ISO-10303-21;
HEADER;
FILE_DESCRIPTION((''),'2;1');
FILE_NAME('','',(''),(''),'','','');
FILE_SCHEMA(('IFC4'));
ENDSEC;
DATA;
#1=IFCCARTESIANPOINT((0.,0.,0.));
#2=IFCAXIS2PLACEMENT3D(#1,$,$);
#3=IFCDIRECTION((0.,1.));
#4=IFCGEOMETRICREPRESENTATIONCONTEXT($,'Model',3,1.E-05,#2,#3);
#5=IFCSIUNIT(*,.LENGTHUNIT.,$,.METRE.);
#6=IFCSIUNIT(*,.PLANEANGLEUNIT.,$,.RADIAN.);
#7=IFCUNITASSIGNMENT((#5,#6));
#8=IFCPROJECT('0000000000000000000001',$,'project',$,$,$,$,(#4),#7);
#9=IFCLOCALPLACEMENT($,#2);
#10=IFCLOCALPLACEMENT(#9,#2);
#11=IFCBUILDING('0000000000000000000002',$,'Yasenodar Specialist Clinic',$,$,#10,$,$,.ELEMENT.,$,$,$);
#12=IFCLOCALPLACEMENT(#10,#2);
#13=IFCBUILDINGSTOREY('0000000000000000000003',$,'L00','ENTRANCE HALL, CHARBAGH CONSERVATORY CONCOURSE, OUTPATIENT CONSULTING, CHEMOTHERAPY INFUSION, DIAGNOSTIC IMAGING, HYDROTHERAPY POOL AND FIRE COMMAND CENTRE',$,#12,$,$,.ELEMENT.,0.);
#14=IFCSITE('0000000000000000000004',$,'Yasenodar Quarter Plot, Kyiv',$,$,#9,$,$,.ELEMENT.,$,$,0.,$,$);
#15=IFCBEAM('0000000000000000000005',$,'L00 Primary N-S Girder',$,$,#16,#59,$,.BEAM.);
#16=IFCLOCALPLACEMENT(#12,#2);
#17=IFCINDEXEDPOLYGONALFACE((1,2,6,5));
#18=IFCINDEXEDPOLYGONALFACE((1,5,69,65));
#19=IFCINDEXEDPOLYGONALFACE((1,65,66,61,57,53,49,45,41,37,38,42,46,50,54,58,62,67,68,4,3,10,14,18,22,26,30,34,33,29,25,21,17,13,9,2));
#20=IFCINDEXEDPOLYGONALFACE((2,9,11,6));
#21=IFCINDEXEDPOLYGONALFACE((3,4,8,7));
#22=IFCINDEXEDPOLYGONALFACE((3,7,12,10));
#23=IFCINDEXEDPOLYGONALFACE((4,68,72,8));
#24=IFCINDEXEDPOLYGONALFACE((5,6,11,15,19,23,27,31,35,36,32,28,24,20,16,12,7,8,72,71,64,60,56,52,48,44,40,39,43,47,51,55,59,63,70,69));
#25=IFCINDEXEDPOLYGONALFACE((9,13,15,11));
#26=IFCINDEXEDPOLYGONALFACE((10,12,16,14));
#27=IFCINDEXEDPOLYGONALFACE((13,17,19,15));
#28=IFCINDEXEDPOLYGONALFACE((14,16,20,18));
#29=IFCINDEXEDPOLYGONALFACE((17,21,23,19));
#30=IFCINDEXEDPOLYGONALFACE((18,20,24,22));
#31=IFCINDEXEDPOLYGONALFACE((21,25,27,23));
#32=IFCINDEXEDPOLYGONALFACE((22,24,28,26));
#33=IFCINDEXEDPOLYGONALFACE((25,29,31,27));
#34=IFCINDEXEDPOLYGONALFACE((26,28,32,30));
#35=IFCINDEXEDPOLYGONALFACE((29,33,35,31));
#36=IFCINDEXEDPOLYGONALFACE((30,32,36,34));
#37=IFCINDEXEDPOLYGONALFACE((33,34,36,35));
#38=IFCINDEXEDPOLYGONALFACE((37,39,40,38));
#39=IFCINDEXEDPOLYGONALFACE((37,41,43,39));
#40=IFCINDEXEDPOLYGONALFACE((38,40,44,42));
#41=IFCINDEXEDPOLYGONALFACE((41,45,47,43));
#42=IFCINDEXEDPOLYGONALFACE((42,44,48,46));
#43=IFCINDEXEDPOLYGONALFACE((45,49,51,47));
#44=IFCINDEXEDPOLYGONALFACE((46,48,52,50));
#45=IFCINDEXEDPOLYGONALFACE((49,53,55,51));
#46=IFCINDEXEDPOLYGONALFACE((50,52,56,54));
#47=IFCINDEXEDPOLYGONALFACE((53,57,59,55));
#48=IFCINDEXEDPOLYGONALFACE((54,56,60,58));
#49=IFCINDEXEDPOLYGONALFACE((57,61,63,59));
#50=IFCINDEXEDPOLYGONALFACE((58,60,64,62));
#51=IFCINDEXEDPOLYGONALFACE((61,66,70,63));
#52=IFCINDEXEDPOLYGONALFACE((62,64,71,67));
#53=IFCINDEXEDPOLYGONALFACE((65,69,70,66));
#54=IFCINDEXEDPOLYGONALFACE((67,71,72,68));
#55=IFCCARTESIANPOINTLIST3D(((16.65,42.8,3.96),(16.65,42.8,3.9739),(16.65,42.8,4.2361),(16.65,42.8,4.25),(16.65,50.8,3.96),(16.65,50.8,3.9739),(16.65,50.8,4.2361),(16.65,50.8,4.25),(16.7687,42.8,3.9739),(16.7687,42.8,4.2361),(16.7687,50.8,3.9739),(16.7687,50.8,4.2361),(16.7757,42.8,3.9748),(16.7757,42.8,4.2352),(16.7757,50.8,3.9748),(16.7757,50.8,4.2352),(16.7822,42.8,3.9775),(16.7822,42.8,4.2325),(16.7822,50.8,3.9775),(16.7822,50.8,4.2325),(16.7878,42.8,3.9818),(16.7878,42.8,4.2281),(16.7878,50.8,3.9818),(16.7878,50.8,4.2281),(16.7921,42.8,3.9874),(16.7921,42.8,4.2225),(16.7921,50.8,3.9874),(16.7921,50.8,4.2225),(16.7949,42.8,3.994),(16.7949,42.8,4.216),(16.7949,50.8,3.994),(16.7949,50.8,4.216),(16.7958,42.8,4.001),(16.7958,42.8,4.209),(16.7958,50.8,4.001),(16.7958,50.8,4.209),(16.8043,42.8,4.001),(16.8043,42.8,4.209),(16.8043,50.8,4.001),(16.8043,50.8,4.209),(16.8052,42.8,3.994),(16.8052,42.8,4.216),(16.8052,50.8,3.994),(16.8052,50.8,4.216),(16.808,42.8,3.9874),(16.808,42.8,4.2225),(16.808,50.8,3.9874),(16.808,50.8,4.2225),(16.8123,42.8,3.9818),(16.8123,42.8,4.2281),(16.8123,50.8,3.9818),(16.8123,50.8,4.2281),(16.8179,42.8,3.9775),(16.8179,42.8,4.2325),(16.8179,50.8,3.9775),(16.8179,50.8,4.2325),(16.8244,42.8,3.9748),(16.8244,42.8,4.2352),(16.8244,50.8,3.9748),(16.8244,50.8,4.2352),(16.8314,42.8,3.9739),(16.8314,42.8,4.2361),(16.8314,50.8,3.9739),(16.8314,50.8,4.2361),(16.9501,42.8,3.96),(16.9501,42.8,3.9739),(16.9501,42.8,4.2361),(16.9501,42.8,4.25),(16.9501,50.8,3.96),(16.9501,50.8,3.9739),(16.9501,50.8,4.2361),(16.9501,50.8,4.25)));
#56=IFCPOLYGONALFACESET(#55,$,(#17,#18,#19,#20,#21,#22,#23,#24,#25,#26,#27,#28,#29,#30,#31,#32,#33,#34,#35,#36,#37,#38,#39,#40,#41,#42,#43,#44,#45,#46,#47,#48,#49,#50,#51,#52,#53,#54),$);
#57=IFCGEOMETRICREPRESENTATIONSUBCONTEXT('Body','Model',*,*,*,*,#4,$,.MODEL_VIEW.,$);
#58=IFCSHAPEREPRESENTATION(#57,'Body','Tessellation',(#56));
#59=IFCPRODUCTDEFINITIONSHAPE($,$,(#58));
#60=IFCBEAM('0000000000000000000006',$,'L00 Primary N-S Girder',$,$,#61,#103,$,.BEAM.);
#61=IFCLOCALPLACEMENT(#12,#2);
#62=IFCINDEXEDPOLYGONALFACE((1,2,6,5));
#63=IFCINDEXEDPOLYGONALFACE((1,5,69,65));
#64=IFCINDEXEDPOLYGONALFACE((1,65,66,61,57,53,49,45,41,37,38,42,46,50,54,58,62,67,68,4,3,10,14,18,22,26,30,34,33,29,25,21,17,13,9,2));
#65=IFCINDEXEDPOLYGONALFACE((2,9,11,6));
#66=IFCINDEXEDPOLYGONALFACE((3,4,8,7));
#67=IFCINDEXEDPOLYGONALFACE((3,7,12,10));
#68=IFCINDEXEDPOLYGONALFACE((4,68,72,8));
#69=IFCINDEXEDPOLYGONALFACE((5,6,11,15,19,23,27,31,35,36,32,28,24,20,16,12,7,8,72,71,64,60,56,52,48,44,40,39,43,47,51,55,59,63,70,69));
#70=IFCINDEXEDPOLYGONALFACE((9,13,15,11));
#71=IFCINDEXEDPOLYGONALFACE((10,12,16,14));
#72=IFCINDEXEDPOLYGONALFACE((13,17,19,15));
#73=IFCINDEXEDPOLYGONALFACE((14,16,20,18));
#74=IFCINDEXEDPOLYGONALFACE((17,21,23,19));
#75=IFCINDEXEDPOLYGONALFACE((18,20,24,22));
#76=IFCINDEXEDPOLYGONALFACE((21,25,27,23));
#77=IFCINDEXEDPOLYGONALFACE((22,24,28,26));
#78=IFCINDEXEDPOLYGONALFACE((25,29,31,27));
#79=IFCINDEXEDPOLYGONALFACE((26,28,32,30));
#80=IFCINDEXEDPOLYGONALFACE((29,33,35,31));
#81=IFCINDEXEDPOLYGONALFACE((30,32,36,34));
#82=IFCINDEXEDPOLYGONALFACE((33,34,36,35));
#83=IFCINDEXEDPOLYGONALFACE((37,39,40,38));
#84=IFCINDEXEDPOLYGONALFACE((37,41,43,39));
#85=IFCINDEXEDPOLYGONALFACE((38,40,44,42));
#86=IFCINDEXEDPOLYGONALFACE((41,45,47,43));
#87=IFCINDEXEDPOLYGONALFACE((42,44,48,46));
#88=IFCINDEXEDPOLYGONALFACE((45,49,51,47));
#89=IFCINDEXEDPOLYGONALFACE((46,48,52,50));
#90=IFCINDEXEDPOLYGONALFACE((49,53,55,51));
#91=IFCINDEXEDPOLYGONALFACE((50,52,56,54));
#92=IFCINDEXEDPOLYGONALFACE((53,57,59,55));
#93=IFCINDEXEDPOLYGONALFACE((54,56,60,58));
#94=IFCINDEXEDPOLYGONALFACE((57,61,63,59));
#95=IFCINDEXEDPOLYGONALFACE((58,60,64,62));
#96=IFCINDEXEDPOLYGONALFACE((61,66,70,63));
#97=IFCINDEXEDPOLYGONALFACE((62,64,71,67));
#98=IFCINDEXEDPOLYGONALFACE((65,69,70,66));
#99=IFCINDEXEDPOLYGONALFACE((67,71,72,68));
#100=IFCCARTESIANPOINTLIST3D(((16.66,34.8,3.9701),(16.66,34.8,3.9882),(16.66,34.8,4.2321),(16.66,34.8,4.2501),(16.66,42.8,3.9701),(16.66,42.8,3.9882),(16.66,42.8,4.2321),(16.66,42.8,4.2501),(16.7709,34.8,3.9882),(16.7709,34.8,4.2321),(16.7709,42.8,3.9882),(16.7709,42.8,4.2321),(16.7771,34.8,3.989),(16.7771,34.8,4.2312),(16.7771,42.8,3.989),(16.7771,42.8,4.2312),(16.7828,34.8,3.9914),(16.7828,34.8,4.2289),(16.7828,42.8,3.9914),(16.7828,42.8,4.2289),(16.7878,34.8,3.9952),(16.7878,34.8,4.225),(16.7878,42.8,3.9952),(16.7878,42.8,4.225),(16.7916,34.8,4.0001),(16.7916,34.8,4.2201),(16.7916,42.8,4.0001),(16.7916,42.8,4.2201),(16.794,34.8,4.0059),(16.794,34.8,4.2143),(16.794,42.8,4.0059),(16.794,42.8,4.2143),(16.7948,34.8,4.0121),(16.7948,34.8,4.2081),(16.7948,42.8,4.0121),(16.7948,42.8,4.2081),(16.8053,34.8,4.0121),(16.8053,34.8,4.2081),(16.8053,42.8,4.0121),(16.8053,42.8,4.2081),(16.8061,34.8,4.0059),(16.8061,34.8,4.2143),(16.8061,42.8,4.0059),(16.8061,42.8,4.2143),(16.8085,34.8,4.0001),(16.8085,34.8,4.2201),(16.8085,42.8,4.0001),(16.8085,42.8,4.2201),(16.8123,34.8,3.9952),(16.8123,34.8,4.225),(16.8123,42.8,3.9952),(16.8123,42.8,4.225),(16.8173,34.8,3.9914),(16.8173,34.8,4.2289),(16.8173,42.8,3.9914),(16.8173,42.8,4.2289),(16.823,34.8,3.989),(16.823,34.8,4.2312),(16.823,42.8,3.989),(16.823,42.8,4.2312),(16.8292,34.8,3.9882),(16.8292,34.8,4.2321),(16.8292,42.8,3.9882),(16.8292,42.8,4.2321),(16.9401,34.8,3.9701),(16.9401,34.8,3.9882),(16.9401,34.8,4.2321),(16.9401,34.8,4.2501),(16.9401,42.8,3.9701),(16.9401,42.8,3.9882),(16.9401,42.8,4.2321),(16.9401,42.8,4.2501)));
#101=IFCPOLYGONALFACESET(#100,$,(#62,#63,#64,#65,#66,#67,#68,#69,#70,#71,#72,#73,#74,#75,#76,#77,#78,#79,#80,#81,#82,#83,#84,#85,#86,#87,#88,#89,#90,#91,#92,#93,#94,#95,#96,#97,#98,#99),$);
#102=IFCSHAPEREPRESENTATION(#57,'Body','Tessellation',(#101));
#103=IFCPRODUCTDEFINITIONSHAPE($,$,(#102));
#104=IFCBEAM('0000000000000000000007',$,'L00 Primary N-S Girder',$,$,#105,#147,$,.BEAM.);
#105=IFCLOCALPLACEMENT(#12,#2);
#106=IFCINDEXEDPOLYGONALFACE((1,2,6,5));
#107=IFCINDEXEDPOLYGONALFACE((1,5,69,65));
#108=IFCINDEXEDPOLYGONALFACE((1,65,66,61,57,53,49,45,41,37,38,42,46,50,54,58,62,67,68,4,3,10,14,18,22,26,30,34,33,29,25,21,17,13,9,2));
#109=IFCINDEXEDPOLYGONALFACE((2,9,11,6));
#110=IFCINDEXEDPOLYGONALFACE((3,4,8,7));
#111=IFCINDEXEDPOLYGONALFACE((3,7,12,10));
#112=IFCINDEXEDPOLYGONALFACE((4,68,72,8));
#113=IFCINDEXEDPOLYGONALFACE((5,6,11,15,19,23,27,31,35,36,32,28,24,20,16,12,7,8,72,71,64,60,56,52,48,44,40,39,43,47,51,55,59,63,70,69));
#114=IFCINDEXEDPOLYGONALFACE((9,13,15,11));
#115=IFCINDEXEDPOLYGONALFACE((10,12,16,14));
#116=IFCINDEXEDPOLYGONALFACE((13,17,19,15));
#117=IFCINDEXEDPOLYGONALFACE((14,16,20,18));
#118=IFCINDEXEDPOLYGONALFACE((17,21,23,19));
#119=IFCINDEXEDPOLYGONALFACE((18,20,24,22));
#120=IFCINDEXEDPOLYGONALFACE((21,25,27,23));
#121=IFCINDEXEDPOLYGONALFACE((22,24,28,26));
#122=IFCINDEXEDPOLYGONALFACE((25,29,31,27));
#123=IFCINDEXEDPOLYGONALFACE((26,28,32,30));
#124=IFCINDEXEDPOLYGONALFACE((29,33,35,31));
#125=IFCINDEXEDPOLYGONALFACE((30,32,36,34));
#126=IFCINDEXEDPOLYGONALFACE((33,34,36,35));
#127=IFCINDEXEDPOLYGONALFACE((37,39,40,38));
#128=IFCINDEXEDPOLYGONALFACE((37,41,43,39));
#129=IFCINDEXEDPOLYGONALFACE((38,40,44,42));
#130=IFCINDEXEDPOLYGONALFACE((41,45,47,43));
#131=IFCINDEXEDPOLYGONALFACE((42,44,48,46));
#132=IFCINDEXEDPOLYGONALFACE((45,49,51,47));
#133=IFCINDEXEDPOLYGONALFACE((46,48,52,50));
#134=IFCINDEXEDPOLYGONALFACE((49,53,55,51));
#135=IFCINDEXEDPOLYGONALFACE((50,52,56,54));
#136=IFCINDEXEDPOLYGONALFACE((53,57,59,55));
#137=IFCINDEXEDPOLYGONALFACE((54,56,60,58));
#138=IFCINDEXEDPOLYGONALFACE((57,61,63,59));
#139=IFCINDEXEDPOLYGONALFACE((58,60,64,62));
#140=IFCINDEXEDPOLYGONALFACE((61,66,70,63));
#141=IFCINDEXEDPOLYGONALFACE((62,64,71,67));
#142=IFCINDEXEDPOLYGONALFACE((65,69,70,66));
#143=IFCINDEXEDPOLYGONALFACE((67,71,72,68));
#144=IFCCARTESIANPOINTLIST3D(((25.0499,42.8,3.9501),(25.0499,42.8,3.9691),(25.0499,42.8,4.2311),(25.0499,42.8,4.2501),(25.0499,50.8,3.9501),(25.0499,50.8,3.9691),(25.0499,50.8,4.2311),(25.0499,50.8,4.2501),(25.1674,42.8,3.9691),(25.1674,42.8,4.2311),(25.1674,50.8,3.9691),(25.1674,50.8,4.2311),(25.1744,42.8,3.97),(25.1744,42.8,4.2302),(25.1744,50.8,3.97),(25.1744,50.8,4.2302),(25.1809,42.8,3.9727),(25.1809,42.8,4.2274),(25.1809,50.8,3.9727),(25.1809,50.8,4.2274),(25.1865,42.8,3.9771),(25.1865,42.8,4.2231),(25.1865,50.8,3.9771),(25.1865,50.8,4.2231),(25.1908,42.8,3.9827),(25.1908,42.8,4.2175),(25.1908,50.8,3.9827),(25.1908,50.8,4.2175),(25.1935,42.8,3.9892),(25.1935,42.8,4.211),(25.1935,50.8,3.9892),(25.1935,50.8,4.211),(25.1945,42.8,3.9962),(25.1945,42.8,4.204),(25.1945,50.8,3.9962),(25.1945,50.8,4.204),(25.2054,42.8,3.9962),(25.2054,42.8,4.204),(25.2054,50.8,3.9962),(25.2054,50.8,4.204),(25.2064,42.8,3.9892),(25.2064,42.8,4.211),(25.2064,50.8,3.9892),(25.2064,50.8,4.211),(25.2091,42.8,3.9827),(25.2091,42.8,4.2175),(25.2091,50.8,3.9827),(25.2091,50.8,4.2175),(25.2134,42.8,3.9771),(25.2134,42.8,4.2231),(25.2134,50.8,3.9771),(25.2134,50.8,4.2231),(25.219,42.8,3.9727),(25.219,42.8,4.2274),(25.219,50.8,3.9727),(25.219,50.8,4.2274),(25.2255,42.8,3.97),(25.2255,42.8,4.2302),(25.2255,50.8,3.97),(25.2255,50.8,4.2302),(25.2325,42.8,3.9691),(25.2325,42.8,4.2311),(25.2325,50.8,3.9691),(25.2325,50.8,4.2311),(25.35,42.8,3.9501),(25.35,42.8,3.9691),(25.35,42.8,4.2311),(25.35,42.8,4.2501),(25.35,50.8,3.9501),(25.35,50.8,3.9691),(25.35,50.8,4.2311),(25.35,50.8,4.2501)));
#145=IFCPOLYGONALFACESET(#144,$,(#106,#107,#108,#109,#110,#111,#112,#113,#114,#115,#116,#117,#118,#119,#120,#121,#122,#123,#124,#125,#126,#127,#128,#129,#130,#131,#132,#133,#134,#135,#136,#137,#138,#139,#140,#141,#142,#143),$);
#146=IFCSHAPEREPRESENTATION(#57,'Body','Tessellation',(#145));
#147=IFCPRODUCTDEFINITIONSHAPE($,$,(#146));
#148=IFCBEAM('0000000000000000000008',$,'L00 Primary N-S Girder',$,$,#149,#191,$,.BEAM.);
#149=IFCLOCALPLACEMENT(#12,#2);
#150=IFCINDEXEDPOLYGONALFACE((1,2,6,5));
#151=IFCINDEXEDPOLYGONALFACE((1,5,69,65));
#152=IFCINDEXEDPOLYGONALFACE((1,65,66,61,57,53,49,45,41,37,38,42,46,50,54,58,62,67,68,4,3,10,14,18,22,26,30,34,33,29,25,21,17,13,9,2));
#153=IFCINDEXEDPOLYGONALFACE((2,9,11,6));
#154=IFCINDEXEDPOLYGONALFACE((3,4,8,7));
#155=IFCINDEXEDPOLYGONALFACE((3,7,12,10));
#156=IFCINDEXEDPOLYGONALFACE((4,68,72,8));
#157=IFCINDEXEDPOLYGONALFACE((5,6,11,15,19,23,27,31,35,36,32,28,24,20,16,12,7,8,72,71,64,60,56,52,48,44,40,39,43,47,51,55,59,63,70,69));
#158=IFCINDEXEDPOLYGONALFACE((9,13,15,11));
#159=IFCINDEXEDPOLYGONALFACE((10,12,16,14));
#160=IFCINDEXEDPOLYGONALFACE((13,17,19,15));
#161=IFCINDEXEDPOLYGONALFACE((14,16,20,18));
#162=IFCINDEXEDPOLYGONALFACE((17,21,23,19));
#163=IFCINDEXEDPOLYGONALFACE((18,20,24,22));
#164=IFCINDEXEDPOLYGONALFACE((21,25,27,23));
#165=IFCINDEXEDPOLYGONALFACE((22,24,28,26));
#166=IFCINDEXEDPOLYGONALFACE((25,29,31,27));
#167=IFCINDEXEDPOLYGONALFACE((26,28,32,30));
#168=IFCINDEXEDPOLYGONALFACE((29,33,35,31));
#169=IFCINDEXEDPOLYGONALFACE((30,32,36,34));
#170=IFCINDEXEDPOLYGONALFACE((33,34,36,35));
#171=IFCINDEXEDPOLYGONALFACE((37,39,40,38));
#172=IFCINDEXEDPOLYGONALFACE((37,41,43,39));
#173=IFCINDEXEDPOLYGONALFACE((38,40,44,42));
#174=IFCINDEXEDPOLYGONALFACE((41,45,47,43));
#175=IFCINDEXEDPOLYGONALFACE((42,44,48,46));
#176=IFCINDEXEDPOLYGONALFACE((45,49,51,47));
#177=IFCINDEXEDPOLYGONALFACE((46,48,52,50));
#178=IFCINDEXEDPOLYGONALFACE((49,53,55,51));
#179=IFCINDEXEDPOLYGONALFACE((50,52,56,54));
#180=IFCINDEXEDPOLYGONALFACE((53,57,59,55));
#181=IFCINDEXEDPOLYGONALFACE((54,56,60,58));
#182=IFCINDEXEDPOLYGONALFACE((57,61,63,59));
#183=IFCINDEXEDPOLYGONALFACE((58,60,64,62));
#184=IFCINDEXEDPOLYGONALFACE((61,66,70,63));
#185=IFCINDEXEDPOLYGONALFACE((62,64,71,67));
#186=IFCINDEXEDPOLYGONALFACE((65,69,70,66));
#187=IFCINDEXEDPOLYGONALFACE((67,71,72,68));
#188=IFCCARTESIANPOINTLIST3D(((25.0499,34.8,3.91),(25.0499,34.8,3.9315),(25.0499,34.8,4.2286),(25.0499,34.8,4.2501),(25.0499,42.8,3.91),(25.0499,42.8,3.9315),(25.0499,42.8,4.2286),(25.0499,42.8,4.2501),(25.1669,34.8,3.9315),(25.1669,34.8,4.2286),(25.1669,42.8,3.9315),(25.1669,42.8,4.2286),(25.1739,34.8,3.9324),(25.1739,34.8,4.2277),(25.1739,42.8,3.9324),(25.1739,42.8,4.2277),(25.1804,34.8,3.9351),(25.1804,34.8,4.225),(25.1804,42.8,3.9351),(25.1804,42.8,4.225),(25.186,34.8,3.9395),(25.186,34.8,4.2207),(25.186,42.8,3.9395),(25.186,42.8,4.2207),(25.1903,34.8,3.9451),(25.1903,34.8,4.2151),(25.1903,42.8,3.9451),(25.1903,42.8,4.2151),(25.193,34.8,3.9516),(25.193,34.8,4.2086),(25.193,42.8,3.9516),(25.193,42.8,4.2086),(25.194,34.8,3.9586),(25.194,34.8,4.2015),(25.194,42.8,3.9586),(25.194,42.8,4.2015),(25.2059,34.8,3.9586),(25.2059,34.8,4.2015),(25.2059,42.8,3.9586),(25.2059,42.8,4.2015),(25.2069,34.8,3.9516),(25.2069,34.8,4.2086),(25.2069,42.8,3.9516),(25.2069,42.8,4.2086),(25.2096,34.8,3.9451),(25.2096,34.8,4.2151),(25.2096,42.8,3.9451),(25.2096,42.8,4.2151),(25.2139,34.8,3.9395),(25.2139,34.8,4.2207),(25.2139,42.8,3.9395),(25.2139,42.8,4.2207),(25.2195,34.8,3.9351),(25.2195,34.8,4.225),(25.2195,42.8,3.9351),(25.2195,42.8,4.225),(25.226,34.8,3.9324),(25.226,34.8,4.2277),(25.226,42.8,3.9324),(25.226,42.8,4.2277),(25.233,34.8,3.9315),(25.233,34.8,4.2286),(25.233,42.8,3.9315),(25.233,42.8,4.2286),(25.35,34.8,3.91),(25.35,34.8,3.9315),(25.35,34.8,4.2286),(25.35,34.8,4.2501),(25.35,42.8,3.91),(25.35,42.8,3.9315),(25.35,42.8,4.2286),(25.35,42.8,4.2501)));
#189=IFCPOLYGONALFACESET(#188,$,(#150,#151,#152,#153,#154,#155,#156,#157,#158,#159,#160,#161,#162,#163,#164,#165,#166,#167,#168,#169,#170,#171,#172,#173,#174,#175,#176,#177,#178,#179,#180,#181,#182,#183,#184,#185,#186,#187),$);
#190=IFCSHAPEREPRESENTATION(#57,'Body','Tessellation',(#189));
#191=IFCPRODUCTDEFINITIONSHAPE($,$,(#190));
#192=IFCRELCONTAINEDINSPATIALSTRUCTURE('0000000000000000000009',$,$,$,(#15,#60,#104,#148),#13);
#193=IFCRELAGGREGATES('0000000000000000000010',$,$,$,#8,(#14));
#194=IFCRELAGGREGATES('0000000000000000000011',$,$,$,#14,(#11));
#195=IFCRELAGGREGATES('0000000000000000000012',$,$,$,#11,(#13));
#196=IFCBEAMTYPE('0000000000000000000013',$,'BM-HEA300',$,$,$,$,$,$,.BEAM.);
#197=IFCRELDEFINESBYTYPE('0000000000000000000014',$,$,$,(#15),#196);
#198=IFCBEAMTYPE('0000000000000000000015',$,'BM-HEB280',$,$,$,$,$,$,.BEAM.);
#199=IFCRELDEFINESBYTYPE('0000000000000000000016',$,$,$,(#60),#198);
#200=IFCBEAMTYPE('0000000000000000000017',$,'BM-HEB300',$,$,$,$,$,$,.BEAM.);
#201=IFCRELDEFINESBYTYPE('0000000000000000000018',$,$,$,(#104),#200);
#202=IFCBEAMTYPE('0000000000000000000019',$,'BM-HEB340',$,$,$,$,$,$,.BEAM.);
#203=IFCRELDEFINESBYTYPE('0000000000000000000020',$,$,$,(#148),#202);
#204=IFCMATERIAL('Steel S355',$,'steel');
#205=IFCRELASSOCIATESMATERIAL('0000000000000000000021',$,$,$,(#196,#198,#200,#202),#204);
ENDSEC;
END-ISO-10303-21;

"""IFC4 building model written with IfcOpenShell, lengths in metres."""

from ifc_helpers import new_model, si_unit, direction, frame, origin, origin_2d, place, context, subcontext, project, spatial, i_section, extrude, material, material_profile, profile_set, type_object, element, save


model = new_model("IFC4")

# Units and contexts
model_context = context("Model", 3, precision=1e-05, world=origin(), true_north=direction((0.0, 1.0)))
body_context = subcontext(model_context, "Body", "Model", "MODEL_VIEW")
ifc_project = project(units=[si_unit("LENGTHUNIT", "METRE"), si_unit("PLANEANGLEUNIT", "RADIAN")], contexts=[model_context])

# Site, building, storey
site_placement = place(None, origin())
site = spatial("IfcSite", under=ifc_project, at=site_placement, Name="Yasenodar Quarter Plot, Kyiv", CompositionType="ELEMENT", RefElevation=0.0)
building_placement = place(site_placement, origin())
building = spatial("IfcBuilding", under=site, at=building_placement, Name="Yasenodar Specialist Clinic", CompositionType="ELEMENT")
storey_placement = place(building_placement, origin())
storey = spatial("IfcBuildingStorey", under=building, at=storey_placement, Name="L00", Description="ENTRANCE HALL, CHARBAGH CONSERVATORY CONCOURSE, OUTPATIENT CONSULTING, CHEMOTHERAPY INFUSION, DIAGNOSTIC IMAGING, HYDROTHERAPY POOL AND FIRE COMMAND CENTRE", CompositionType="ELEMENT", Elevation=0.0)

# Shared definitions
ifc_material_1 = material(Name="Steel S355", Category="steel")

# Beams
ifc_material_profile_1 = material_profile(ifc_material_1, i_section(OverallWidth=0.3, OverallDepth=0.29, WebThickness=0.0085, FlangeThickness=0.0139, FilletRadius=0.0271, at=origin_2d()), Name="HEA 300")
ifc_profile_set_1 = profile_set([ifc_material_profile_1], Name="Steel S355")
beam_type_1 = type_object("IfcBeamType", Name="BM-HEA300", PredefinedType="BEAM", material=ifc_profile_set_1)
beam_1_placement = place(storey_placement, frame((16.8, 42.8, 4.105), z_axis=(0.0, 1.0, 0.0), x_axis=(-1.0, 0.0, 0.0)))
element("IfcBeam", 1, at=beam_1_placement, inside=storey, type_object=beam_type_1, Name="L00 Primary N-S Girder", PredefinedType="BEAM", context=body_context, shape_type="SweptSolid", body=[
    extrude(i_section(OverallWidth=0.3, OverallDepth=0.29, WebThickness=0.0085, FlangeThickness=0.0139, FilletRadius=0.0271, at=origin_2d()), origin(), (0.0, 0.0, 1.0), 8.0),
])
ifc_material_profile_2 = material_profile(ifc_material_1, i_section(OverallWidth=0.28, OverallDepth=0.28, WebThickness=0.0105, FlangeThickness=0.0181, FilletRadius=0.0239, at=origin_2d()), Name="HEB 280")
ifc_profile_set_2 = profile_set([ifc_material_profile_2], Name="Steel S355")
beam_type_2 = type_object("IfcBeamType", Name="BM-HEB280", PredefinedType="BEAM", material=ifc_profile_set_2)
beam_2_placement = place(storey_placement, frame((16.8, 34.8, 4.1101), z_axis=(0.0, 1.0, 0.0), x_axis=(-1.0, 0.0, 0.0)))
element("IfcBeam", 2, at=beam_2_placement, inside=storey, type_object=beam_type_2, Name="L00 Primary N-S Girder", PredefinedType="BEAM", context=body_context, shape_type="SweptSolid", body=[
    extrude(i_section(OverallWidth=0.28, OverallDepth=0.28, WebThickness=0.0105, FlangeThickness=0.0181, FilletRadius=0.0239, at=origin_2d()), origin(), (0.0, 0.0, 1.0), 8.0),
])
ifc_material_profile_3 = material_profile(ifc_material_1, i_section(OverallWidth=0.3, OverallDepth=0.3, WebThickness=0.011, FlangeThickness=0.019, FilletRadius=0.0271, at=origin_2d()), Name="HEB 300")
ifc_profile_set_3 = profile_set([ifc_material_profile_3], Name="Steel S355")
beam_type_3 = type_object("IfcBeamType", Name="BM-HEB300", PredefinedType="BEAM", material=ifc_profile_set_3)
beam_3_placement = place(storey_placement, frame((25.2, 42.8, 4.1001), z_axis=(0.0, 1.0, 0.0), x_axis=(-1.0, 0.0, 0.0)))
element("IfcBeam", 3, at=beam_3_placement, inside=storey, type_object=beam_type_3, Name="L00 Primary N-S Girder", PredefinedType="BEAM", context=body_context, shape_type="SweptSolid", body=[
    extrude(i_section(OverallWidth=0.3, OverallDepth=0.3, WebThickness=0.011, FlangeThickness=0.019, FilletRadius=0.0271, at=origin_2d()), origin(), (0.0, 0.0, 1.0), 8.0),
])
ifc_material_profile_4 = material_profile(ifc_material_1, i_section(OverallWidth=0.3, OverallDepth=0.3401, WebThickness=0.012, FlangeThickness=0.0215, FilletRadius=0.0271, at=origin_2d()), Name="HEB 340")
ifc_profile_set_4 = profile_set([ifc_material_profile_4], Name="Steel S355")
beam_type_4 = type_object("IfcBeamType", Name="BM-HEB340", PredefinedType="BEAM", material=ifc_profile_set_4)
beam_4_placement = place(storey_placement, frame((25.2, 34.8, 4.0801), z_axis=(0.0, 1.0, 0.0), x_axis=(-1.0, 0.0, 0.0)))
element("IfcBeam", 4, at=beam_4_placement, inside=storey, type_object=beam_type_4, Name="L00 Primary N-S Girder", PredefinedType="BEAM", context=body_context, shape_type="SweptSolid", body=[
    extrude(i_section(OverallWidth=0.3, OverallDepth=0.3401, WebThickness=0.012, FlangeThickness=0.0215, FilletRadius=0.0271, at=origin_2d()), origin(), (0.0, 0.0, 1.0), 8.0),
])

save(model, "model.ifc")
